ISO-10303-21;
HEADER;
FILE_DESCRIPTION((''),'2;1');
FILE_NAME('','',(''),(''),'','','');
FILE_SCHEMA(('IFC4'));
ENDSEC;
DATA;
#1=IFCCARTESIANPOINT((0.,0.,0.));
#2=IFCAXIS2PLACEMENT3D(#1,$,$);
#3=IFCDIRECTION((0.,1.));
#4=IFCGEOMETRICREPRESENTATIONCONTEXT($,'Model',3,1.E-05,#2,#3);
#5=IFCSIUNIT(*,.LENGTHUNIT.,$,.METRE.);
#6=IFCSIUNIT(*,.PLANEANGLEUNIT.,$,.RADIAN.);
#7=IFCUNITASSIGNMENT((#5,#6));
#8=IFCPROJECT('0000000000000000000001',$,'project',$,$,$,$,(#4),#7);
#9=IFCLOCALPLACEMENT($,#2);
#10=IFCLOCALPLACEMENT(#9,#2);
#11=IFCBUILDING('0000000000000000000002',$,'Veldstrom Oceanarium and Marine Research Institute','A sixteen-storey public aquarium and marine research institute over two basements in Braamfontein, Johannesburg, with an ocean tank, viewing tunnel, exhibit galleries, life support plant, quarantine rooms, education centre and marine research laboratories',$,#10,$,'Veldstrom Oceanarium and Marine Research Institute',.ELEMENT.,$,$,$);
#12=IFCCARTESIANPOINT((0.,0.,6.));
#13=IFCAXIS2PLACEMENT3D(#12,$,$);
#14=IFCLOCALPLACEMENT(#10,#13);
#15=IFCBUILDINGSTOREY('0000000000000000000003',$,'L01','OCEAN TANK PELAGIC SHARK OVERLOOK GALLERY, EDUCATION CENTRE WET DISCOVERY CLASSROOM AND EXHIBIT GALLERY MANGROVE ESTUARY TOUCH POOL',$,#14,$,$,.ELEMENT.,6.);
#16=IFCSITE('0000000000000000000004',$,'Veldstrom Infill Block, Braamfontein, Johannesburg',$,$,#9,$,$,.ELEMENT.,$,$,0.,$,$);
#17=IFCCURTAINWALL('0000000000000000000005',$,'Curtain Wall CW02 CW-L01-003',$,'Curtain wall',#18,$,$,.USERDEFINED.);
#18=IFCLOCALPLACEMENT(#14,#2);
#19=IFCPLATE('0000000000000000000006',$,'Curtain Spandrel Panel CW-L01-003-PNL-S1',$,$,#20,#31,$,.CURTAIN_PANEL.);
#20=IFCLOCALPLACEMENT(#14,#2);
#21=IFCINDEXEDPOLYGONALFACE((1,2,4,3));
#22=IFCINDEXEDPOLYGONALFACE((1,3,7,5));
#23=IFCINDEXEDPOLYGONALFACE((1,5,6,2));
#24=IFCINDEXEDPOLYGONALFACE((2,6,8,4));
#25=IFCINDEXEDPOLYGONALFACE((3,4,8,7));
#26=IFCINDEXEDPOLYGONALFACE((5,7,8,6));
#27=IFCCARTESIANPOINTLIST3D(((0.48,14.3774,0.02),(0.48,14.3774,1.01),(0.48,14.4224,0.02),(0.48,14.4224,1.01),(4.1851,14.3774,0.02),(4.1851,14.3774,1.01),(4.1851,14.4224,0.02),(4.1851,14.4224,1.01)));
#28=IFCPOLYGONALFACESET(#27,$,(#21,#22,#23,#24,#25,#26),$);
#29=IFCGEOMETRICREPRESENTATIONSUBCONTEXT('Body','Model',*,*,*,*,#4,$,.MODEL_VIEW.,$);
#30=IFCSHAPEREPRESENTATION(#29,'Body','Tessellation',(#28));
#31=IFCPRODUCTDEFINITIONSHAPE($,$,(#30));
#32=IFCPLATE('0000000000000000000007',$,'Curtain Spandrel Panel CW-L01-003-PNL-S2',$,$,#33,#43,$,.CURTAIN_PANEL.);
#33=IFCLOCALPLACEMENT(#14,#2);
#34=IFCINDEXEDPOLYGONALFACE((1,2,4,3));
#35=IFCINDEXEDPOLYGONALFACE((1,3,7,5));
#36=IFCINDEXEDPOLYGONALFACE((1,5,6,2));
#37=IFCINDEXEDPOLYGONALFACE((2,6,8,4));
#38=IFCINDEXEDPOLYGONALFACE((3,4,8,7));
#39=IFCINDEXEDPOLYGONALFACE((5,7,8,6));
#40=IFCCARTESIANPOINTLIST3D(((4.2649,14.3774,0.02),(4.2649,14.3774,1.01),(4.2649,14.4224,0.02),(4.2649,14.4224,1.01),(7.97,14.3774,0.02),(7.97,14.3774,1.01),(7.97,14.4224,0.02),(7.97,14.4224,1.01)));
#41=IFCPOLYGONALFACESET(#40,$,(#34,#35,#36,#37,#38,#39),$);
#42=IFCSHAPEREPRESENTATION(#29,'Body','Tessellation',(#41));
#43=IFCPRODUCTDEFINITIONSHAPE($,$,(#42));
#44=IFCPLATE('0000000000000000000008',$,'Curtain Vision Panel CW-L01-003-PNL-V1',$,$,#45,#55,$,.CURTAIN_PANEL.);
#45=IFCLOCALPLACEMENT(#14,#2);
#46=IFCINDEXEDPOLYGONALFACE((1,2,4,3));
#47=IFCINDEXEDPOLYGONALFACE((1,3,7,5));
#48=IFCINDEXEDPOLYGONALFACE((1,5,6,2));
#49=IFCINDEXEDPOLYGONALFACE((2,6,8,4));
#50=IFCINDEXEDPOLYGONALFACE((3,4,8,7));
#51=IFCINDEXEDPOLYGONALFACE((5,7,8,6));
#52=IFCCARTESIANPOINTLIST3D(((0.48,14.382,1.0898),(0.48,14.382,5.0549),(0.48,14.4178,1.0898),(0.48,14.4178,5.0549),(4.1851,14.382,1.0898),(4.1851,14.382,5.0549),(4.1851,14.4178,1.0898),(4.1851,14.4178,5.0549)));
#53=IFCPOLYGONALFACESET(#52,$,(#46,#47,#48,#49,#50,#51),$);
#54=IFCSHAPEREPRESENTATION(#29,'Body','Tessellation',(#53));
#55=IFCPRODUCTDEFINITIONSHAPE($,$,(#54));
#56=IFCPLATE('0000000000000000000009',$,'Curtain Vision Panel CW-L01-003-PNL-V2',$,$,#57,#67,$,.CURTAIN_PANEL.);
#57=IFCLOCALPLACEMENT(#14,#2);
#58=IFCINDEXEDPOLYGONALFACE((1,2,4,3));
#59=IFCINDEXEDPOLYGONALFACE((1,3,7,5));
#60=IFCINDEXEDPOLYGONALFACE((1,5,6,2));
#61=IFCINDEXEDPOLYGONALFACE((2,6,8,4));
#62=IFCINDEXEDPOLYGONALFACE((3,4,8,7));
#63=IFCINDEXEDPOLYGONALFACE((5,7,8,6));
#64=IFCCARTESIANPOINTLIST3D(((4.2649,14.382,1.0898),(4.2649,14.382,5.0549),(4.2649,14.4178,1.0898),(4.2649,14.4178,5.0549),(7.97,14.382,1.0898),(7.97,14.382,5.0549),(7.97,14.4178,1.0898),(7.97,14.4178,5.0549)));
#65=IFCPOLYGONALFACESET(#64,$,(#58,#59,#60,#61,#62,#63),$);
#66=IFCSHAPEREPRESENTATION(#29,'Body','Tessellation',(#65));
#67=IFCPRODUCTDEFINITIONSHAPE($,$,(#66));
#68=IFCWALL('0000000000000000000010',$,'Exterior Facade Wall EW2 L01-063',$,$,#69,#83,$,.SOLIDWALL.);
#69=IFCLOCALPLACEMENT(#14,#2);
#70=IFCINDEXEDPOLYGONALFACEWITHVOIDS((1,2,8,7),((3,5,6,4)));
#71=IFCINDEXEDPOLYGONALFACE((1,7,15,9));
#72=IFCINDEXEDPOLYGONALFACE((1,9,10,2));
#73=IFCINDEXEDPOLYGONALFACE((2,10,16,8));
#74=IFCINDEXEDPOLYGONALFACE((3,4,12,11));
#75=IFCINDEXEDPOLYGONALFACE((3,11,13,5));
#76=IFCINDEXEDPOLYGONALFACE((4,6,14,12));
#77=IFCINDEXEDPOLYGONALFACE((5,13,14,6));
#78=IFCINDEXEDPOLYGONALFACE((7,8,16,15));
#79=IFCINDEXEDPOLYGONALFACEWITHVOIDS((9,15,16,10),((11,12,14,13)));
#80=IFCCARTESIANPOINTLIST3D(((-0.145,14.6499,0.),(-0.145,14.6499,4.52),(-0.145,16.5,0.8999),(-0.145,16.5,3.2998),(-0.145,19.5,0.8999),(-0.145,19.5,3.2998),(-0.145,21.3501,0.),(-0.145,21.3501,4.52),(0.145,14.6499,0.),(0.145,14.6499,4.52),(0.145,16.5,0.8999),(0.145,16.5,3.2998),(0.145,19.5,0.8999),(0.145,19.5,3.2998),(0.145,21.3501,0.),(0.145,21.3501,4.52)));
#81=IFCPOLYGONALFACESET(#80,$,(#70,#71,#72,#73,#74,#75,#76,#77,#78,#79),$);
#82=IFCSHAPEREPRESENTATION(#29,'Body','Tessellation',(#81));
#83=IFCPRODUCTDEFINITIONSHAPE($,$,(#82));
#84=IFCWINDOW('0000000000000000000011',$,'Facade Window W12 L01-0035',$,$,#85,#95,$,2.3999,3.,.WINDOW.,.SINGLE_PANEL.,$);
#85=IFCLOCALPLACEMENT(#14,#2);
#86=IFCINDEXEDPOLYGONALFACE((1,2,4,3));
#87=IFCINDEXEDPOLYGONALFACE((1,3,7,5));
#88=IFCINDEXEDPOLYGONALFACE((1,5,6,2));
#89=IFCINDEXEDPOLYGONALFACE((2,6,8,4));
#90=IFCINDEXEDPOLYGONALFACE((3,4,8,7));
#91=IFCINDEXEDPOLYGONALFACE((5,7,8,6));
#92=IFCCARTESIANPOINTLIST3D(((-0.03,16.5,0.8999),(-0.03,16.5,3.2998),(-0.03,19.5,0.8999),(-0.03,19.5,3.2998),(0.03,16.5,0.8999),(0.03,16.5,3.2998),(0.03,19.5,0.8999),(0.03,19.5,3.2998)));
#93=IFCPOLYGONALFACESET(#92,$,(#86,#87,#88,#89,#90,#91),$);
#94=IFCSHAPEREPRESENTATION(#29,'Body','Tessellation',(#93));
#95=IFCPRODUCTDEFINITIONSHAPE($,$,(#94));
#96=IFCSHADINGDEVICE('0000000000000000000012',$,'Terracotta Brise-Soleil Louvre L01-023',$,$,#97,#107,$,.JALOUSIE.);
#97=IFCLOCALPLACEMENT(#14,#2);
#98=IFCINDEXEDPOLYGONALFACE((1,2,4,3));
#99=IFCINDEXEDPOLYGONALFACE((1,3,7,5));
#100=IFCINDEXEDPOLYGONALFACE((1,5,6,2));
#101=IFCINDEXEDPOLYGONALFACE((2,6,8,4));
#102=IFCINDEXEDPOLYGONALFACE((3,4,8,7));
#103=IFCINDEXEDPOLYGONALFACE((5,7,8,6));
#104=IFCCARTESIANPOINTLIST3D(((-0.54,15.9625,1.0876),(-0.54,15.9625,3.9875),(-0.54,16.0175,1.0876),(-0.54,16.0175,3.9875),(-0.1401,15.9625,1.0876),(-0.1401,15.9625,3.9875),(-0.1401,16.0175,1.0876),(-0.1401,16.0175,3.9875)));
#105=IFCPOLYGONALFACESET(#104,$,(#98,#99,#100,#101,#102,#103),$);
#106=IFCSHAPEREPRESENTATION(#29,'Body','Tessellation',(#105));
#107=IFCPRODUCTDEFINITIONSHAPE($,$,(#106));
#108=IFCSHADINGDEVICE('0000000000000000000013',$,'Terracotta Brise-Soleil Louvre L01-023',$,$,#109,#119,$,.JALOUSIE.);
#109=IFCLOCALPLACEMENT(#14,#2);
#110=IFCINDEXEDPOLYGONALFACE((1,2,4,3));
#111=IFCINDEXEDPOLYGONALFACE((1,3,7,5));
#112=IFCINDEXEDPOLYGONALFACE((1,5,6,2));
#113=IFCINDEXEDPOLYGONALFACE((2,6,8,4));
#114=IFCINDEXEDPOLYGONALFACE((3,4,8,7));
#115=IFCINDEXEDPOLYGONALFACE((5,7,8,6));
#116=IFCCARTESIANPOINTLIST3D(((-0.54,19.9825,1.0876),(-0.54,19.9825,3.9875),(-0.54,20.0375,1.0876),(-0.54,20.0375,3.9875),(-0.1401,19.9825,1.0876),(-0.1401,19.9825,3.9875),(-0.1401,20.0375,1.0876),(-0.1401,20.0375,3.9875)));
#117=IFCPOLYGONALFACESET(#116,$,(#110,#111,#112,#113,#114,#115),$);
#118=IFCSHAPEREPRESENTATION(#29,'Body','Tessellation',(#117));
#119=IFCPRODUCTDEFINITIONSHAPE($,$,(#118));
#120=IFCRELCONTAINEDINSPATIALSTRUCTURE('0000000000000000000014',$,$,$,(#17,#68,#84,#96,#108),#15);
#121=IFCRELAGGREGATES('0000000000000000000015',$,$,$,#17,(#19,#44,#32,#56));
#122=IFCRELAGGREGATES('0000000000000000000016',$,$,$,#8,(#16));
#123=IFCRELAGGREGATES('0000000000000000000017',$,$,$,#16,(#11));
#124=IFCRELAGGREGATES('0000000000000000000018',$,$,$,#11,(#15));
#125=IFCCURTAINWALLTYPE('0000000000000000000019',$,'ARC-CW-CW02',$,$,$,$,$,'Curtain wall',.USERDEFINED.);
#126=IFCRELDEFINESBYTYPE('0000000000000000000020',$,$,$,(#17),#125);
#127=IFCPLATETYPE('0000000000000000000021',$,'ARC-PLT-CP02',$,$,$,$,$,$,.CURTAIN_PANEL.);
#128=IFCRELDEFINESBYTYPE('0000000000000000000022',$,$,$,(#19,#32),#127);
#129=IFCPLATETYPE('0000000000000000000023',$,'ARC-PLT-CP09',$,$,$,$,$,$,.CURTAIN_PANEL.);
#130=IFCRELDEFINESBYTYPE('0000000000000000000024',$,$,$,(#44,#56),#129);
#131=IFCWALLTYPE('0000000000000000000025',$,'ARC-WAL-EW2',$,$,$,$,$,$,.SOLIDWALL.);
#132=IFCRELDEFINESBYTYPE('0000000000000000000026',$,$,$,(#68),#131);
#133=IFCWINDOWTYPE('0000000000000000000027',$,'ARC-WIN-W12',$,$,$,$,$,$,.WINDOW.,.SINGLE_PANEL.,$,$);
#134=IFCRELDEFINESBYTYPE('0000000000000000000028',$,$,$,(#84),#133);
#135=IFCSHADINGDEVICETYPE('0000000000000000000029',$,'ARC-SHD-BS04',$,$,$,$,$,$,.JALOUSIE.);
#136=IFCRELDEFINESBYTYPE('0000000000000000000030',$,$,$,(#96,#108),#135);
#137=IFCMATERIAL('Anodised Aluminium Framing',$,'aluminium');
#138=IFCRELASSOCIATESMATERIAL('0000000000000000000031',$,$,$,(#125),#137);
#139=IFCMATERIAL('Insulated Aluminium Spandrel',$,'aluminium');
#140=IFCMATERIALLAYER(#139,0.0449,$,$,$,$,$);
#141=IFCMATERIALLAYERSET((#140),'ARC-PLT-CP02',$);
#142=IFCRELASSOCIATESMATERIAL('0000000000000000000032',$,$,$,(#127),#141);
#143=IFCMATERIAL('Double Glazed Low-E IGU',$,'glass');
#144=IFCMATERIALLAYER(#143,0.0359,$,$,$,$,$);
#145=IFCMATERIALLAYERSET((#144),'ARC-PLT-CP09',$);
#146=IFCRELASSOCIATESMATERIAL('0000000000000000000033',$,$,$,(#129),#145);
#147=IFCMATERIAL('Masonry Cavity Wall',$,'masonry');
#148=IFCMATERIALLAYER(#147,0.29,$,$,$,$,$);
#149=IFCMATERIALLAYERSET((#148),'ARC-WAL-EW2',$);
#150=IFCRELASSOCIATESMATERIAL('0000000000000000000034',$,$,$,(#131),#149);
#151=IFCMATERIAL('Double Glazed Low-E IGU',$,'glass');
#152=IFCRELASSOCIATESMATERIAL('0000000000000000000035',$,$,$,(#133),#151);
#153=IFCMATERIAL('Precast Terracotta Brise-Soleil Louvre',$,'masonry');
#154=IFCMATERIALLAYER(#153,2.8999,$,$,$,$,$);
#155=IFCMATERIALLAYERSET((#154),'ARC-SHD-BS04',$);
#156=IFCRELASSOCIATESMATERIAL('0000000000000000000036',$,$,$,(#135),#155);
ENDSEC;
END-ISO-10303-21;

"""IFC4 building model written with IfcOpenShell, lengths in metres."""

from ifc_helpers import new_model, si_unit, direction, frame, frame_2d, origin, origin_2d, place, context, subcontext, project, spatial, rectangle, extrude, material, layer, layer_set, type_object, element, fill, aggregate, save


model = new_model("IFC4")

# Units and contexts
model_context = context("Model", 3, precision=1e-05, world=origin(), true_north=direction((0.0, 1.0)))
body_context = subcontext(model_context, "Body", "Model", "MODEL_VIEW")
ifc_project = project(units=[si_unit("LENGTHUNIT", "METRE"), si_unit("PLANEANGLEUNIT", "RADIAN")], contexts=[model_context])

# Site, building, storey
site_placement = place(None, origin())
site = spatial("IfcSite", under=ifc_project, at=site_placement, Name="Veldstrom Infill Block, Braamfontein, Johannesburg", CompositionType="ELEMENT", RefElevation=0.0)
building_placement = place(site_placement, origin())
building = spatial("IfcBuilding", under=site, at=building_placement, Name="Veldstrom Oceanarium and Marine Research Institute", Description="A sixteen-storey public aquarium and marine research institute over two basements in Braamfontein, Johannesburg, with an ocean tank, viewing tunnel, exhibit galleries, life support plant, quarantine rooms, education centre and marine research laboratories", LongName="Veldstrom Oceanarium and Marine Research Institute", CompositionType="ELEMENT")
storey_placement = place(building_placement, frame((0.0, 0.0, 6.0)))
storey = spatial("IfcBuildingStorey", under=building, at=storey_placement, Name="L01", Description="OCEAN TANK PELAGIC SHARK OVERLOOK GALLERY, EDUCATION CENTRE WET DISCOVERY CLASSROOM AND EXHIBIT GALLERY MANGROVE ESTUARY TOUCH POOL", CompositionType="ELEMENT", Elevation=6.0)

# Curtain wall
ifc_material_1 = material(Name="Anodised Aluminium Framing", Category="aluminium")
curtain_wall_type = type_object("IfcCurtainWallType", Name="ARC-CW-CW02", ElementType="Curtain wall", PredefinedType="USERDEFINED", material=ifc_material_1)
curtain_wall_placement = place(storey_placement, origin())
curtain_wall = element("IfcCurtainWall", 1, at=curtain_wall_placement, inside=storey, type_object=curtain_wall_type, Name="Curtain Wall CW02 CW-L01-003", ObjectType="Curtain wall", PredefinedType="USERDEFINED")

# Plates
ifc_material_2 = material(Name="Insulated Aluminium Spandrel", Category="aluminium")
ifc_layer_1 = layer(ifc_material_2, 0.0449)
ifc_layer_set_1 = layer_set([ifc_layer_1], Name="ARC-PLT-CP02")
plate_type_1 = type_object("IfcPlateType", Name="ARC-PLT-CP02", PredefinedType="CURTAIN_PANEL", material=ifc_layer_set_1)
plate_1_placement = place(storey_placement, frame((2.3325, 14.3999, 0.02), z_axis=(0.0, 0.0, 1.0), x_axis=(1.0, 0.0, 0.0)))
plate_1 = element("IfcPlate", 2, at=plate_1_placement, type_object=plate_type_1, Name="Curtain Spandrel Panel CW-L01-003-PNL-S1", PredefinedType="CURTAIN_PANEL", context=body_context, shape_type="SweptSolid", body=[
    extrude(rectangle(XDim=3.7051, YDim=0.0449, at=origin_2d()), origin(), (0.0, 0.0, 1.0), 0.99),
])
plate_2_placement = place(storey_placement, frame((6.1174, 14.3999, 0.02), z_axis=(0.0, 0.0, 1.0), x_axis=(1.0, 0.0, 0.0)))
plate_2 = element("IfcPlate", 3, at=plate_2_placement, type_object=plate_type_1, Name="Curtain Spandrel Panel CW-L01-003-PNL-S2", PredefinedType="CURTAIN_PANEL", context=body_context, shape_type="SweptSolid", body=[
    extrude(rectangle(XDim=3.7051, YDim=0.0449, at=origin_2d()), origin(), (0.0, 0.0, 1.0), 0.99),
])
ifc_material_3 = material(Name="Double Glazed Low-E IGU", Category="glass")
ifc_layer_2 = layer(ifc_material_3, 0.0359)
ifc_layer_set_2 = layer_set([ifc_layer_2], Name="ARC-PLT-CP09")
plate_type_2 = type_object("IfcPlateType", Name="ARC-PLT-CP09", PredefinedType="CURTAIN_PANEL", material=ifc_layer_set_2)
plate_3_placement = place(storey_placement, frame((2.3325, 14.3999, 1.0898), z_axis=(0.0, 0.0, 1.0), x_axis=(1.0, 0.0, 0.0)))
plate_3 = element("IfcPlate", 4, at=plate_3_placement, type_object=plate_type_2, Name="Curtain Vision Panel CW-L01-003-PNL-V1", PredefinedType="CURTAIN_PANEL", context=body_context, shape_type="SweptSolid", body=[
    extrude(rectangle(XDim=3.7051, YDim=0.0359, at=origin_2d()), origin(), (0.0, 0.0, 1.0), 3.9651),
])
plate_4_placement = place(storey_placement, frame((6.1174, 14.3999, 1.0898), z_axis=(0.0, 0.0, 1.0), x_axis=(1.0, 0.0, 0.0)))
plate_4 = element("IfcPlate", 5, at=plate_4_placement, type_object=plate_type_2, Name="Curtain Vision Panel CW-L01-003-PNL-V2", PredefinedType="CURTAIN_PANEL", context=body_context, shape_type="SweptSolid", body=[
    extrude(rectangle(XDim=3.7051, YDim=0.0359, at=origin_2d()), origin(), (0.0, 0.0, 1.0), 3.9651),
])
aggregate(curtain_wall, [plate_1, plate_3, plate_2, plate_4])

# Wall, opening, window
ifc_material_4 = material(Name="Masonry Cavity Wall", Category="masonry")
ifc_layer_3 = layer(ifc_material_4, 0.29)
ifc_layer_set_3 = layer_set([ifc_layer_3], Name="ARC-WAL-EW2")
wall_type = type_object("IfcWallType", Name="ARC-WAL-EW2", PredefinedType="SOLIDWALL", material=ifc_layer_set_3)
wall_placement = place(storey_placement, frame((0.0, 14.6499, 0.0), z_axis=(0.0, 0.0, 1.0), x_axis=(0.0, 1.0, 0.0)))
wall = element("IfcWall", 6, at=wall_placement, inside=storey, type_object=wall_type, Name="Exterior Facade Wall EW2 L01-063", PredefinedType="SOLIDWALL", context=body_context, shape_type="SweptSolid", body=[
    extrude(rectangle(XDim=6.7002, YDim=0.29, at=frame_2d((3.3501, 0.0))), origin(), (0.0, 0.0, 1.0), 4.52),
])
opening_placement = place(wall_placement, frame((1.8501, 0.0, 0.8999)))
opening = element("IfcOpeningElement", 7, at=opening_placement, cuts=wall, PredefinedType="OPENING", context=body_context, shape_type="SweptSolid", body=[
    extrude(rectangle(XDim=3.0, YDim=2.3999, at=frame_2d((1.5, 1.2))), frame((0.0, 0.155, 0.0), z_axis=(0.0, -1.0, 0.0), x_axis=(1.0, 0.0, 0.0)), (0.0, 0.0, 1.0), 0.3101),
])
ifc_material_5 = material(Name="Double Glazed Low-E IGU", Category="glass")
window_type = type_object("IfcWindowType", Name="ARC-WIN-W12", PartitioningType="SINGLE_PANEL", PredefinedType="WINDOW", material=ifc_material_5)
window_placement = place(opening_placement, origin())
window = element("IfcWindow", 8, at=window_placement, inside=storey, type_object=window_type, Name="Facade Window W12 L01-0035", OverallHeight=2.3999, OverallWidth=3.0, PartitioningType="SINGLE_PANEL", PredefinedType="WINDOW", context=body_context, shape_type="SweptSolid", body=[
    extrude(rectangle(XDim=3.0, YDim=2.3999, at=frame_2d((1.5, 1.2))), frame((0.0, 0.03, 0.0), z_axis=(0.0, -1.0, 0.0), x_axis=(1.0, 0.0, 0.0)), (0.0, 0.0, 1.0), 0.0601),
])
fill(opening, window)

# Shading devices
ifc_material_6 = material(Name="Precast Terracotta Brise-Soleil Louvre", Category="masonry")
ifc_layer_4 = layer(ifc_material_6, 2.8999)
ifc_layer_set_4 = layer_set([ifc_layer_4], Name="ARC-SHD-BS04")
shading_device_type = type_object("IfcShadingDeviceType", Name="ARC-SHD-BS04", PredefinedType="JALOUSIE", material=ifc_layer_set_4)
for number, where, z_axis, x_axis, name in (
    (9, (-0.3401, 15.99, 1.0876), (0.0, 0.0, 1.0), (1.0, 0.0, 0.0), "Terracotta Brise-Soleil Louvre L01-023"),
    (10, (-0.3401, 20.01, 1.0876), (0.0, 0.0, 1.0), (1.0, 0.0, 0.0), "Terracotta Brise-Soleil Louvre L01-023"),
):
    element("IfcShadingDevice", number, at=place(storey_placement, frame(where, z_axis=z_axis, x_axis=x_axis)), inside=storey, type_object=shading_device_type, Name=name, PredefinedType="JALOUSIE", context=body_context, shape_type="SweptSolid", body=[
        extrude(rectangle(XDim=0.3999, YDim=0.0549, at=origin_2d()), origin(), (0.0, 0.0, 1.0), 2.8999),
    ])

save(model, "model.ifc")
